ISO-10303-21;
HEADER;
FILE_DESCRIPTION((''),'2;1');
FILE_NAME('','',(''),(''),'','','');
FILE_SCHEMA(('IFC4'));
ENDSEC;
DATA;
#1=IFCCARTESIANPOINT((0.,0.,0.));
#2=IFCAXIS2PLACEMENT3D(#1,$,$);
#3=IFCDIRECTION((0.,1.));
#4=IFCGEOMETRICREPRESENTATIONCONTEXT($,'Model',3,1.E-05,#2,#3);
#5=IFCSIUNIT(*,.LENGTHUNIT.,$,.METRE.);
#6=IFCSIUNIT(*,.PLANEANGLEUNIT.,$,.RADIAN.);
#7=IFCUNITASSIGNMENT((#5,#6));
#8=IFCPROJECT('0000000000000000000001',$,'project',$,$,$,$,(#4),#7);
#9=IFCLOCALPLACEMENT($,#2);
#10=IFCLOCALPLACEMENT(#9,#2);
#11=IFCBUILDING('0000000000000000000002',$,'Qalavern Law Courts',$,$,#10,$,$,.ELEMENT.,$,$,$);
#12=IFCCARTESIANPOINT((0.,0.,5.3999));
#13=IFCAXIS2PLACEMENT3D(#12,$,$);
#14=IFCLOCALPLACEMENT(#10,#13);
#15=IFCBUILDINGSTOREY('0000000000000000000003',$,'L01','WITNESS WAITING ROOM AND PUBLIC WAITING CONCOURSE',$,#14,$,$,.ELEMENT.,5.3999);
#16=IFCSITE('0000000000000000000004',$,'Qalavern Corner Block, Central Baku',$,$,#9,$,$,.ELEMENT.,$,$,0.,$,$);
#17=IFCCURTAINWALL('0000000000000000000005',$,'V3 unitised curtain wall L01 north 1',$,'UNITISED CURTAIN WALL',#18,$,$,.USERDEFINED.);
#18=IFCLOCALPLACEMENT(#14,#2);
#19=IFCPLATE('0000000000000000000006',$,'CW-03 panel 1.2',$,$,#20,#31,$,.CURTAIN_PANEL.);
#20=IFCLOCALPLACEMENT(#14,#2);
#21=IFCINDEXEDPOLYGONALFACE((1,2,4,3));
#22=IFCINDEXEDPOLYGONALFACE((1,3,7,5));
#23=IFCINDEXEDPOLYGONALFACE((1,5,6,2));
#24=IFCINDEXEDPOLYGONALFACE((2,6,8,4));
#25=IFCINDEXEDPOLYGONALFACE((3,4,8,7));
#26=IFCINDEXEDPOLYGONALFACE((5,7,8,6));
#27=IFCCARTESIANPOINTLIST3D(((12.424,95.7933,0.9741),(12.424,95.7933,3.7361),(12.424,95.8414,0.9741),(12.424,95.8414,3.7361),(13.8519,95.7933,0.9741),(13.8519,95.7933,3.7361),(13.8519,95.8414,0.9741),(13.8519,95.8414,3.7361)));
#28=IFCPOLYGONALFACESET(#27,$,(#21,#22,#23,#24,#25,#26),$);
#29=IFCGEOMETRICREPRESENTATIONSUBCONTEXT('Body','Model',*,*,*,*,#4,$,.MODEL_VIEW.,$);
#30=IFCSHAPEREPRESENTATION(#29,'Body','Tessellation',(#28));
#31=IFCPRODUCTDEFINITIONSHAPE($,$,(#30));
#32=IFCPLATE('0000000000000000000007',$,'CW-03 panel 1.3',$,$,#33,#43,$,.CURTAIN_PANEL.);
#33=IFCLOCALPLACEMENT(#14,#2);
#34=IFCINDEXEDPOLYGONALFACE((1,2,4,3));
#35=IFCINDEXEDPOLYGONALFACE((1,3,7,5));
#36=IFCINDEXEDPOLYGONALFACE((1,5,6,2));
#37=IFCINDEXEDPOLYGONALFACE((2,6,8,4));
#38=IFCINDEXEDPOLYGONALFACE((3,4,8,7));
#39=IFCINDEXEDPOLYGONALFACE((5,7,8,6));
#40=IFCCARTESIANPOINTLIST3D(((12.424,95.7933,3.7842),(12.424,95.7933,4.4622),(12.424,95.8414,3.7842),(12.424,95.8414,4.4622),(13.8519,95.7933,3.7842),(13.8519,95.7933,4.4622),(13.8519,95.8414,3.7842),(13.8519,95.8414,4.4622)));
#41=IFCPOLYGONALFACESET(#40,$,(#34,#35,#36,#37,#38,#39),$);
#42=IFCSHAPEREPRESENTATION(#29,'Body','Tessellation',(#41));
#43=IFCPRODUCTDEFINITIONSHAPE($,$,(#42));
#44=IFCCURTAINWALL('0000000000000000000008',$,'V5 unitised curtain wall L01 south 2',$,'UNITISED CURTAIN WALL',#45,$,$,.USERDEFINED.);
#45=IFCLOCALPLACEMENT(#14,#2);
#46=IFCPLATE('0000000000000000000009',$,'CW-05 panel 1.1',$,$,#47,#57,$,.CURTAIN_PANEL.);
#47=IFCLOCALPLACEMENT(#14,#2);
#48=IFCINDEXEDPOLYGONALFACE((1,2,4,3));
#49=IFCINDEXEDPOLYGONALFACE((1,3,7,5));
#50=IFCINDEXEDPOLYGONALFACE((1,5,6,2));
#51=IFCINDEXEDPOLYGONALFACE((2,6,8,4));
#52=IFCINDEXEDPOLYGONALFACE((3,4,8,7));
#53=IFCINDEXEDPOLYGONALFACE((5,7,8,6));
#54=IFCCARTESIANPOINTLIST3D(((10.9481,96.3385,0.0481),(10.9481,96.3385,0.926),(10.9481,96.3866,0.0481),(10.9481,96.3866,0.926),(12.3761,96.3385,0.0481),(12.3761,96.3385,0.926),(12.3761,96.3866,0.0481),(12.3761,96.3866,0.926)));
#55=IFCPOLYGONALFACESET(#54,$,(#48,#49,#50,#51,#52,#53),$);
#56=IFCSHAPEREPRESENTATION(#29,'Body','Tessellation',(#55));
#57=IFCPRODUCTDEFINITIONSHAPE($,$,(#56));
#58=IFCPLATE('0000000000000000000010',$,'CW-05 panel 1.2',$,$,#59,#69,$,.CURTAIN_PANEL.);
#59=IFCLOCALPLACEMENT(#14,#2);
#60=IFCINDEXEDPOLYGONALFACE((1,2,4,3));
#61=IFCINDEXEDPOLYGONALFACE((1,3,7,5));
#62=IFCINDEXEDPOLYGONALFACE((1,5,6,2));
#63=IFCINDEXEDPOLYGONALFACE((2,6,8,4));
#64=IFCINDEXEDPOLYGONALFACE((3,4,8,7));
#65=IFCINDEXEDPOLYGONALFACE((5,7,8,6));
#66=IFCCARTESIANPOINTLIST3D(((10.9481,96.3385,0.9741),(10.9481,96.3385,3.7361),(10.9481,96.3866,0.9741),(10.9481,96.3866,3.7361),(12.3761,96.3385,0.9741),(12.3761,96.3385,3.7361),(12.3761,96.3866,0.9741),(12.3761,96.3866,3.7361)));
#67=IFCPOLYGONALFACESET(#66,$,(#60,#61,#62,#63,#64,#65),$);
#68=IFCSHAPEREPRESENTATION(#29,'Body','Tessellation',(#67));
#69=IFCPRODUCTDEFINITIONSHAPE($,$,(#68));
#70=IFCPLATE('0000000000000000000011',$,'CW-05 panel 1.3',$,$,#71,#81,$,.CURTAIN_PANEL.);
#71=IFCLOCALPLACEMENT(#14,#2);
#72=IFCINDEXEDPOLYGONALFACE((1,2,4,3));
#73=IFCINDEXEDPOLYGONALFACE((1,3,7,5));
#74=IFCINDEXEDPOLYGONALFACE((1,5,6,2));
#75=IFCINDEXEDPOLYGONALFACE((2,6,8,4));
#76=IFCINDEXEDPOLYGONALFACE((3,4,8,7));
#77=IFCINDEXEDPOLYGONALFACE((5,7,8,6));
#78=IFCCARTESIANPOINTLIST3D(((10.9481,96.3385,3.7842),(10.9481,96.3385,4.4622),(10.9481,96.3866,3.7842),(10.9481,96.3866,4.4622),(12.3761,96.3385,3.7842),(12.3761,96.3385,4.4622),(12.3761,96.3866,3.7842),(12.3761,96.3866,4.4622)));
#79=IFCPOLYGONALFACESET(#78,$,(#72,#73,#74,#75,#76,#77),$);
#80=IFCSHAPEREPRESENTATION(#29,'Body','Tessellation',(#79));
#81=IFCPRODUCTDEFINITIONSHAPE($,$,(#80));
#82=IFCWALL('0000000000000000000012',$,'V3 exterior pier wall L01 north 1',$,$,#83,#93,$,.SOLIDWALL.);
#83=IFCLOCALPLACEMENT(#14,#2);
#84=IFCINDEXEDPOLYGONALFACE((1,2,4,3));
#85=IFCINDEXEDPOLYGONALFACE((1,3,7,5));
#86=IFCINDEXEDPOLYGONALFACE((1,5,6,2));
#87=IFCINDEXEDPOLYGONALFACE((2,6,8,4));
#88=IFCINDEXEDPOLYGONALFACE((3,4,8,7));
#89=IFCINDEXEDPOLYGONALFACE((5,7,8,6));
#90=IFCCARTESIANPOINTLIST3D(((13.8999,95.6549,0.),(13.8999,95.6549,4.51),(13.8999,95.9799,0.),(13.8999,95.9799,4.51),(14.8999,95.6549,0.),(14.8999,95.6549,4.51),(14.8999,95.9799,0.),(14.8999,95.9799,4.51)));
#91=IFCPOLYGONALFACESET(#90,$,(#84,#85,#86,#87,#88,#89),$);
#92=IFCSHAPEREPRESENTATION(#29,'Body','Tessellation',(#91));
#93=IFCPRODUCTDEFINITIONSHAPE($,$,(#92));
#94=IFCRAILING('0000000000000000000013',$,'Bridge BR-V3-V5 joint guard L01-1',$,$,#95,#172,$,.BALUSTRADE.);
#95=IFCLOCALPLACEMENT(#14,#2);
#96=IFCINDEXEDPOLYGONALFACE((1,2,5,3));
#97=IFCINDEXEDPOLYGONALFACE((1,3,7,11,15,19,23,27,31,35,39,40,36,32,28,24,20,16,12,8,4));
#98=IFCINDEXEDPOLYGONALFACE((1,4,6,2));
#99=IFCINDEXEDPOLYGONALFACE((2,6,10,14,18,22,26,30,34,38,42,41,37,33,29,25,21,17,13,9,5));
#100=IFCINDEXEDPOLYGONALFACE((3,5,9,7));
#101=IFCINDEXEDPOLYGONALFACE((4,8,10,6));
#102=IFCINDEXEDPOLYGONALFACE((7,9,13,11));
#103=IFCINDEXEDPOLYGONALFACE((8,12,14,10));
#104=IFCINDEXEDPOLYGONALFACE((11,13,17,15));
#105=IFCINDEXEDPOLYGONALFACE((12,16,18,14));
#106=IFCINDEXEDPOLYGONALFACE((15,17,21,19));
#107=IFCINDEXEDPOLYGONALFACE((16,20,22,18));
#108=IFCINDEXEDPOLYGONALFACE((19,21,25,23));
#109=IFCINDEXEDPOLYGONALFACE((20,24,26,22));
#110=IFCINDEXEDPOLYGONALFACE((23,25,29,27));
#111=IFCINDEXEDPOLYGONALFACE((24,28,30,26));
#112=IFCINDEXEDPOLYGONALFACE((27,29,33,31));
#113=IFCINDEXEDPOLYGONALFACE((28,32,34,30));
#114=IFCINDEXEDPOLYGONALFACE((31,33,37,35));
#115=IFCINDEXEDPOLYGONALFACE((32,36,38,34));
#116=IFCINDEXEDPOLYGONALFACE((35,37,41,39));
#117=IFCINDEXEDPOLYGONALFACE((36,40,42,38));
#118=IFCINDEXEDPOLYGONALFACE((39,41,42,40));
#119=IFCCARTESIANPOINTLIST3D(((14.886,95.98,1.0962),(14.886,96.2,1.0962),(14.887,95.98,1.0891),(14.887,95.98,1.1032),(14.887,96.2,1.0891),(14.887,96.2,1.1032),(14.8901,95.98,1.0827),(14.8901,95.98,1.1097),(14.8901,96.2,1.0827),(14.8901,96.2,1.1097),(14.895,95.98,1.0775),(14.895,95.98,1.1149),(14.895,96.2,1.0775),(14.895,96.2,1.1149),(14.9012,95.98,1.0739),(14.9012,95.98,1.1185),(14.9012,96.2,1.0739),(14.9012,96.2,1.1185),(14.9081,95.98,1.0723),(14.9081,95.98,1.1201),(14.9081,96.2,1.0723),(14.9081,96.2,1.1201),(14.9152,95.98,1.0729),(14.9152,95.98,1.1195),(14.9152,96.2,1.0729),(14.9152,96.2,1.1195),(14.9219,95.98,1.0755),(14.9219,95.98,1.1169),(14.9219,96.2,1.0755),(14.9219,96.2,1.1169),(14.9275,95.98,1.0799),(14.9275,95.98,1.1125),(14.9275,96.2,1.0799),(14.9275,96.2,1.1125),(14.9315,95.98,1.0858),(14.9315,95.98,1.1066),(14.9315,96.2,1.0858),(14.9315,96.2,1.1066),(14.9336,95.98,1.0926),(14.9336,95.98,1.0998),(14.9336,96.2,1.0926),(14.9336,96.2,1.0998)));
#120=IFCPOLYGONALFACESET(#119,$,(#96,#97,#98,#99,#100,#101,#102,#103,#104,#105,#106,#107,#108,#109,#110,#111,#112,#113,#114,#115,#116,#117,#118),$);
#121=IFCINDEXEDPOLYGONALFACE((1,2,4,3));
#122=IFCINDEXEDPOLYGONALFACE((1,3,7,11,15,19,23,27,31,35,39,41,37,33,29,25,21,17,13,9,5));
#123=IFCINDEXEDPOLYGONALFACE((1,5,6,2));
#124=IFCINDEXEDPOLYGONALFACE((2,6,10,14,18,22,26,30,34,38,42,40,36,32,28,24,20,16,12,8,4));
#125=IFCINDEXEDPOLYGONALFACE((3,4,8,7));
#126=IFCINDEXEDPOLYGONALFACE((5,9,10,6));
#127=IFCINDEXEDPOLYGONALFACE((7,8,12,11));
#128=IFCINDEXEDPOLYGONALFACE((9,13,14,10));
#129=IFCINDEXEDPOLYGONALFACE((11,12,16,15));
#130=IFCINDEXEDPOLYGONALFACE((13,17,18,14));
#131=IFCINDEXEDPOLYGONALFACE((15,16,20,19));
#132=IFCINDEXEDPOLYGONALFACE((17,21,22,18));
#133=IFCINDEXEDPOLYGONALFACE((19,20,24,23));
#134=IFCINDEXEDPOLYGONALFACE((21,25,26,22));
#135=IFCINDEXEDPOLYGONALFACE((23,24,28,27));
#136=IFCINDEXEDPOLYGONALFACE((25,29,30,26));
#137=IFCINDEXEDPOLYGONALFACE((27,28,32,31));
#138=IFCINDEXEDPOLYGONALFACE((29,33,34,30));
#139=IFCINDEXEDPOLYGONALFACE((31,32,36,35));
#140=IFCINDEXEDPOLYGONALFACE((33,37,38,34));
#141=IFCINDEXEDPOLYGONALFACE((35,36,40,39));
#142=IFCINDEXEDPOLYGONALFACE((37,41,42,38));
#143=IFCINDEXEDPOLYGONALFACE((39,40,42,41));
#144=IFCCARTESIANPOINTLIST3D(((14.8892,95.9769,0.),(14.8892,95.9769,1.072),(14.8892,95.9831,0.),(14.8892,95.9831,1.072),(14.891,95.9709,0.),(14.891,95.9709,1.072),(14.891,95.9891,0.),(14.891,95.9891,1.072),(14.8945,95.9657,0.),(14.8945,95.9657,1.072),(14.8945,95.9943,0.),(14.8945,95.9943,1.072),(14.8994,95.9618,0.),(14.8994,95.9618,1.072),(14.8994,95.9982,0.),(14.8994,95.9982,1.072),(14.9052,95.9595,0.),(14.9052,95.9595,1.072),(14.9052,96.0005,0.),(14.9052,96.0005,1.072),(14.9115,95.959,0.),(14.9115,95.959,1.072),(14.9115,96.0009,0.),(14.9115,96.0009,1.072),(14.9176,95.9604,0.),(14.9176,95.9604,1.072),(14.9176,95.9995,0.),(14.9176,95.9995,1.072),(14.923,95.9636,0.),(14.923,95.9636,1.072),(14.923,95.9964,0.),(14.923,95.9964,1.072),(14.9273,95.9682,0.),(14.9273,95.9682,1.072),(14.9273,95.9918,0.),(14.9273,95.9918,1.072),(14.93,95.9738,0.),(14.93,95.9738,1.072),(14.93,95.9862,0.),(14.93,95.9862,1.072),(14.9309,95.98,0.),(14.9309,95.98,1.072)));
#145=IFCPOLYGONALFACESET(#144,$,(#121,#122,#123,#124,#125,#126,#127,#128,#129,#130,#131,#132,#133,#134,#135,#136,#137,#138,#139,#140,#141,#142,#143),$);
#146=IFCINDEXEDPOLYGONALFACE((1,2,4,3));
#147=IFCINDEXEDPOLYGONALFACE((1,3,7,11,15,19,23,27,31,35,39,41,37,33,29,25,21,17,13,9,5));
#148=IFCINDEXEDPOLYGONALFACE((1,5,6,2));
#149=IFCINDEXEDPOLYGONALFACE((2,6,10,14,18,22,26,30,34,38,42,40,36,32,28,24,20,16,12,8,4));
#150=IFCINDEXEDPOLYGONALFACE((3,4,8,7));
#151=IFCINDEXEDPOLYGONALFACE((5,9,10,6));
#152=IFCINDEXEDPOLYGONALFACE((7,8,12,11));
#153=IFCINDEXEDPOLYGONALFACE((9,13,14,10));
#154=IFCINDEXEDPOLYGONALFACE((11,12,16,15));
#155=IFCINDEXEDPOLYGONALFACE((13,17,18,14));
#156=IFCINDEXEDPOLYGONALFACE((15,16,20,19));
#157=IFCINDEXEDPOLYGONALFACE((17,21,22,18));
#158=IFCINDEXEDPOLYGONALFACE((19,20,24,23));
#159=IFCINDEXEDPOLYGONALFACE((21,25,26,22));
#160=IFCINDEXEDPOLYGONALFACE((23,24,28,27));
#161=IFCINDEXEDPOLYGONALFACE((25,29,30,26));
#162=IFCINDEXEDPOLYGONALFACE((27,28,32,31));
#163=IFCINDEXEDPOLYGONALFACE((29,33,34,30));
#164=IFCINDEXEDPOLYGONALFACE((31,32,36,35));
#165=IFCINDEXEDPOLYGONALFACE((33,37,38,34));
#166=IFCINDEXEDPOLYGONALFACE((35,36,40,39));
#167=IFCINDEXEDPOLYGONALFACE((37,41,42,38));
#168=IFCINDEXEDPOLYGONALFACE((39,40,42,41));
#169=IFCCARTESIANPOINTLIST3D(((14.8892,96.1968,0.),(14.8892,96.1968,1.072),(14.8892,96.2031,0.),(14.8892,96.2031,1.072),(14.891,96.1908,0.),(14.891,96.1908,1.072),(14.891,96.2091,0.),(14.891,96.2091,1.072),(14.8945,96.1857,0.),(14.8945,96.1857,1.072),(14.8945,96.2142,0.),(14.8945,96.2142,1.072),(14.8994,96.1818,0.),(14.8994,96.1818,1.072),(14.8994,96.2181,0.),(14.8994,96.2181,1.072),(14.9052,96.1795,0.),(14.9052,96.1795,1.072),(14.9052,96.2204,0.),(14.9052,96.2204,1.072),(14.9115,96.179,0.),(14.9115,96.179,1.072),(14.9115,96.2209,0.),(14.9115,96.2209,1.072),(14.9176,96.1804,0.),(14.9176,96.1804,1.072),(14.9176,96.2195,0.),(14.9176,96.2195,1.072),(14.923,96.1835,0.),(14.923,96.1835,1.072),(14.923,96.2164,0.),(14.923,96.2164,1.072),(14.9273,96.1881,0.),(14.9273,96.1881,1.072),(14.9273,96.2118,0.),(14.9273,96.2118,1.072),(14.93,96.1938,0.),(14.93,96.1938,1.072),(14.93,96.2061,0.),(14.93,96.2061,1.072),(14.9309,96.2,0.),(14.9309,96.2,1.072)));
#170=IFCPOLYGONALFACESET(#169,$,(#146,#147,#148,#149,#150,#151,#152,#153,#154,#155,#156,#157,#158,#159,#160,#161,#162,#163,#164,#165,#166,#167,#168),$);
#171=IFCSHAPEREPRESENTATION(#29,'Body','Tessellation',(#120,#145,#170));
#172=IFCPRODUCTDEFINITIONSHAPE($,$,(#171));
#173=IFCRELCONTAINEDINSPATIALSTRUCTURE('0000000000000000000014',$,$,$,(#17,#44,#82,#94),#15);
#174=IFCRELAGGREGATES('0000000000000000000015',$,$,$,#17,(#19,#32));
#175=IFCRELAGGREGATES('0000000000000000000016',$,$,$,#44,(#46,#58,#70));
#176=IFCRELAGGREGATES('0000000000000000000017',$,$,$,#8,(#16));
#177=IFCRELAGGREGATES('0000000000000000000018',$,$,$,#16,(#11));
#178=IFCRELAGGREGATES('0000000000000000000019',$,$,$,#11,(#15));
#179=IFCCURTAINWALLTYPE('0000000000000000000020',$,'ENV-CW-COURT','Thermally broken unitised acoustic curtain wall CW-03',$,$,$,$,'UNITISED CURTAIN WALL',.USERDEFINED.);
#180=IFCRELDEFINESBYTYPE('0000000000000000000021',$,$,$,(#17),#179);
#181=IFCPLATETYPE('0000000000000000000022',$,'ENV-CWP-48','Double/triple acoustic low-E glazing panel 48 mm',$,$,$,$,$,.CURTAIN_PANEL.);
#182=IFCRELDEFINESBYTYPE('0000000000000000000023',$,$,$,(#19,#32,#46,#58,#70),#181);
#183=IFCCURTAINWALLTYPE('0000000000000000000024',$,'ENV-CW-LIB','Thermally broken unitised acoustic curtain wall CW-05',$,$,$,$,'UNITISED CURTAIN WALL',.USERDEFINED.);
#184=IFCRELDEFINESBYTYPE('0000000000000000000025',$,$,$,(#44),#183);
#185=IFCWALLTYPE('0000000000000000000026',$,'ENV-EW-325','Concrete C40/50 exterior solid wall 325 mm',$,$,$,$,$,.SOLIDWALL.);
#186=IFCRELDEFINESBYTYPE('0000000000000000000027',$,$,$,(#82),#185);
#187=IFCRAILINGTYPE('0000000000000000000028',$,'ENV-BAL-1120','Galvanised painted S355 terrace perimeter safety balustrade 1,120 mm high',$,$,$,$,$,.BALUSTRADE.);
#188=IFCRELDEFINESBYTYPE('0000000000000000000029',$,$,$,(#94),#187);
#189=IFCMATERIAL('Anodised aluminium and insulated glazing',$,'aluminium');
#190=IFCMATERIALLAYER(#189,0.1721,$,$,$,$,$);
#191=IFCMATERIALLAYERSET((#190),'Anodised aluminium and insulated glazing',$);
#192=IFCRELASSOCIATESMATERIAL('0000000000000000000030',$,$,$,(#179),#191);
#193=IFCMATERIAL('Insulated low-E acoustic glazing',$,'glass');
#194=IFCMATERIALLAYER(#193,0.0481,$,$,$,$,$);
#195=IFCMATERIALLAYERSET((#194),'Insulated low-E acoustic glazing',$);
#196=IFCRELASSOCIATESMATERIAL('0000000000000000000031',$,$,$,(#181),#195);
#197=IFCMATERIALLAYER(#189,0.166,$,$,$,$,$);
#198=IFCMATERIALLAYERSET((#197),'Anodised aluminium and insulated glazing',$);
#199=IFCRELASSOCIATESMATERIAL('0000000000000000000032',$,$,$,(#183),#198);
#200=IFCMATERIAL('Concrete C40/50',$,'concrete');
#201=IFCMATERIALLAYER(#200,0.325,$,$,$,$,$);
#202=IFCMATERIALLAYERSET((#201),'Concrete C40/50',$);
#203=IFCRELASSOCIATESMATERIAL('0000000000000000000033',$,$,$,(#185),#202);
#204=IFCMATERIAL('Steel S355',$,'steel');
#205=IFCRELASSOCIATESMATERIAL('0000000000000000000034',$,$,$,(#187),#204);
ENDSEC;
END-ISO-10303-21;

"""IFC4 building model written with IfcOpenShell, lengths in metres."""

from ifc_helpers import new_model, si_unit, direction, frame, frame_2d, origin, origin_2d, place, context, subcontext, project, spatial, rectangle, circle, extrude, material, layer, layer_set, type_object, element, aggregate, save


model = new_model("IFC4")

# Units and contexts
model_context = context("Model", 3, precision=1e-05, world=origin(), true_north=direction((0.0, 1.0)))
body_context = subcontext(model_context, "Body", "Model", "MODEL_VIEW")
ifc_project = project(units=[si_unit("LENGTHUNIT", "METRE"), si_unit("PLANEANGLEUNIT", "RADIAN")], contexts=[model_context])

# Site, building, storey
site_placement = place(None, origin())
site = spatial("IfcSite", under=ifc_project, at=site_placement, Name="Qalavern Corner Block, Central Baku", CompositionType="ELEMENT", RefElevation=0.0)
building_placement = place(site_placement, origin())
building = spatial("IfcBuilding", under=site, at=building_placement, Name="Qalavern Law Courts", CompositionType="ELEMENT")
storey_placement = place(building_placement, frame((0.0, 0.0, 5.3999)))
storey = spatial("IfcBuildingStorey", under=building, at=storey_placement, Name="L01", Description="WITNESS WAITING ROOM AND PUBLIC WAITING CONCOURSE", CompositionType="ELEMENT", Elevation=5.3999)

# Curtain wall, plates
ifc_material_1 = material(Name="Anodised aluminium and insulated glazing", Category="aluminium")
ifc_layer_1 = layer(ifc_material_1, 0.1721)
ifc_layer_set_1 = layer_set([ifc_layer_1], Name="Anodised aluminium and insulated glazing")
curtain_wall_type_1 = type_object("IfcCurtainWallType", Name="ENV-CW-COURT", Description="Thermally broken unitised acoustic curtain wall CW-03", ElementType="UNITISED CURTAIN WALL", PredefinedType="USERDEFINED", material=ifc_layer_set_1)
curtain_wall_1_placement = place(storey_placement, origin())
curtain_wall_1 = element("IfcCurtainWall", 1, at=curtain_wall_1_placement, inside=storey, type_object=curtain_wall_type_1, Name="V3 unitised curtain wall L01 north 1", ObjectType="UNITISED CURTAIN WALL", PredefinedType="USERDEFINED")
ifc_material_2 = material(Name="Insulated low-E acoustic glazing", Category="glass")
ifc_layer_2 = layer(ifc_material_2, 0.0481)
ifc_layer_set_2 = layer_set([ifc_layer_2], Name="Insulated low-E acoustic glazing")
plate_type = type_object("IfcPlateType", Name="ENV-CWP-48", Description="Double/triple acoustic low-E glazing panel 48 mm", PredefinedType="CURTAIN_PANEL", material=ifc_layer_set_2)
plate_1_placement = place(storey_placement, frame((13.1379, 95.8174, 0.9741), z_axis=(0.0, 0.0, 1.0), x_axis=(-1.0, 0.0, 0.0)))
plate_1 = element("IfcPlate", 2, at=plate_1_placement, type_object=plate_type, Name="CW-03 panel 1.2", PredefinedType="CURTAIN_PANEL", context=body_context, shape_type="SweptSolid", body=[
    extrude(rectangle(XDim=1.428, YDim=0.0481, at=origin_2d()), origin(), (0.0, 0.0, 1.0), 2.762),
])
plate_2_placement = place(storey_placement, frame((13.1379, 95.8174, 3.7842), z_axis=(0.0, 0.0, 1.0), x_axis=(-1.0, 0.0, 0.0)))
plate_2 = element("IfcPlate", 3, at=plate_2_placement, type_object=plate_type, Name="CW-03 panel 1.3", PredefinedType="CURTAIN_PANEL", context=body_context, shape_type="SweptSolid", body=[
    extrude(rectangle(XDim=1.428, YDim=0.0481, at=origin_2d()), origin(), (0.0, 0.0, 1.0), 0.678),
])
aggregate(curtain_wall_1, [plate_1, plate_2])

# Curtain wall, plates
ifc_layer_3 = layer(ifc_material_1, 0.166)
ifc_layer_set_3 = layer_set([ifc_layer_3], Name="Anodised aluminium and insulated glazing")
curtain_wall_type_2 = type_object("IfcCurtainWallType", Name="ENV-CW-LIB", Description="Thermally broken unitised acoustic curtain wall CW-05", ElementType="UNITISED CURTAIN WALL", PredefinedType="USERDEFINED", material=ifc_layer_set_3)
curtain_wall_2_placement = place(storey_placement, origin())
curtain_wall_2 = element("IfcCurtainWall", 4, at=curtain_wall_2_placement, inside=storey, type_object=curtain_wall_type_2, Name="V5 unitised curtain wall L01 south 2", ObjectType="UNITISED CURTAIN WALL", PredefinedType="USERDEFINED")
plate_3_placement = place(storey_placement, frame((11.6621, 96.3625, 0.0481), z_axis=(0.0, 0.0, 1.0), x_axis=(1.0, 0.0, 0.0)))
plate_3 = element("IfcPlate", 5, at=plate_3_placement, type_object=plate_type, Name="CW-05 panel 1.1", PredefinedType="CURTAIN_PANEL", context=body_context, shape_type="SweptSolid", body=[
    extrude(rectangle(XDim=1.428, YDim=0.0481, at=origin_2d()), origin(), (0.0, 0.0, 1.0), 0.8779),
])
plate_4_placement = place(storey_placement, frame((11.6621, 96.3625, 0.9741), z_axis=(0.0, 0.0, 1.0), x_axis=(1.0, 0.0, 0.0)))
plate_4 = element("IfcPlate", 6, at=plate_4_placement, type_object=plate_type, Name="CW-05 panel 1.2", PredefinedType="CURTAIN_PANEL", context=body_context, shape_type="SweptSolid", body=[
    extrude(rectangle(XDim=1.428, YDim=0.0481, at=origin_2d()), origin(), (0.0, 0.0, 1.0), 2.762),
])
plate_5_placement = place(storey_placement, frame((11.6621, 96.3625, 3.7842), z_axis=(0.0, 0.0, 1.0), x_axis=(1.0, 0.0, 0.0)))
plate_5 = element("IfcPlate", 7, at=plate_5_placement, type_object=plate_type, Name="CW-05 panel 1.3", PredefinedType="CURTAIN_PANEL", context=body_context, shape_type="SweptSolid", body=[
    extrude(rectangle(XDim=1.428, YDim=0.0481, at=origin_2d()), origin(), (0.0, 0.0, 1.0), 0.678),
])
aggregate(curtain_wall_2, [plate_3, plate_4, plate_5])

# Wall
ifc_material_3 = material(Name="Concrete C40/50", Category="concrete")
ifc_layer_4 = layer(ifc_material_3, 0.325)
ifc_layer_set_4 = layer_set([ifc_layer_4], Name="Concrete C40/50")
wall_type = type_object("IfcWallType", Name="ENV-EW-325", Description="Concrete C40/50 exterior solid wall 325 mm", PredefinedType="SOLIDWALL", material=ifc_layer_set_4)
wall_placement = place(storey_placement, frame((14.8999, 95.8174, 0.0), z_axis=(0.0, 0.0, 1.0), x_axis=(-1.0, 0.0, 0.0)))
element("IfcWall", 8, at=wall_placement, inside=storey, type_object=wall_type, Name="V3 exterior pier wall L01 north 1", PredefinedType="SOLIDWALL", context=body_context, shape_type="SweptSolid", body=[
    extrude(rectangle(XDim=1.0, YDim=0.325, at=frame_2d((0.5, 0.0))), origin(), (0.0, 0.0, 1.0), 4.51),
])

# Railing
ifc_material_4 = material(Name="Steel S355", Category="steel")
railing_type = type_object("IfcRailingType", Name="ENV-BAL-1120", Description="Galvanised painted S355 terrace perimeter safety balustrade 1,120 mm high", PredefinedType="BALUSTRADE", material=ifc_material_4)
for number, where, name in (
    (9, (14.9099, 95.98, 0.0), "Bridge BR-V3-V5 joint guard L01-1"),
):
    element("IfcRailing", number, at=place(storey_placement, frame(where)), inside=storey, type_object=railing_type, Name=name, PredefinedType="BALUSTRADE", context=body_context, shape_type="SweptSolid", body=[
        extrude(circle(Radius=0.0239, at=origin_2d()), frame((0.0, 0.0, 1.0962), z_axis=(0.0, 1.0, 0.0), x_axis=(-1.0, 0.0, 0.0)), (0.0, 0.0, 1.0), 0.22),
        extrude(circle(Radius=0.021, at=origin_2d()), origin(), (0.0, 0.0, 1.0), 1.072),
        extrude(circle(Radius=0.021, at=origin_2d()), frame((0.0, 0.22, 0.0)), (0.0, 0.0, 1.0), 1.072),
    ])

save(model, "model.ifc")
